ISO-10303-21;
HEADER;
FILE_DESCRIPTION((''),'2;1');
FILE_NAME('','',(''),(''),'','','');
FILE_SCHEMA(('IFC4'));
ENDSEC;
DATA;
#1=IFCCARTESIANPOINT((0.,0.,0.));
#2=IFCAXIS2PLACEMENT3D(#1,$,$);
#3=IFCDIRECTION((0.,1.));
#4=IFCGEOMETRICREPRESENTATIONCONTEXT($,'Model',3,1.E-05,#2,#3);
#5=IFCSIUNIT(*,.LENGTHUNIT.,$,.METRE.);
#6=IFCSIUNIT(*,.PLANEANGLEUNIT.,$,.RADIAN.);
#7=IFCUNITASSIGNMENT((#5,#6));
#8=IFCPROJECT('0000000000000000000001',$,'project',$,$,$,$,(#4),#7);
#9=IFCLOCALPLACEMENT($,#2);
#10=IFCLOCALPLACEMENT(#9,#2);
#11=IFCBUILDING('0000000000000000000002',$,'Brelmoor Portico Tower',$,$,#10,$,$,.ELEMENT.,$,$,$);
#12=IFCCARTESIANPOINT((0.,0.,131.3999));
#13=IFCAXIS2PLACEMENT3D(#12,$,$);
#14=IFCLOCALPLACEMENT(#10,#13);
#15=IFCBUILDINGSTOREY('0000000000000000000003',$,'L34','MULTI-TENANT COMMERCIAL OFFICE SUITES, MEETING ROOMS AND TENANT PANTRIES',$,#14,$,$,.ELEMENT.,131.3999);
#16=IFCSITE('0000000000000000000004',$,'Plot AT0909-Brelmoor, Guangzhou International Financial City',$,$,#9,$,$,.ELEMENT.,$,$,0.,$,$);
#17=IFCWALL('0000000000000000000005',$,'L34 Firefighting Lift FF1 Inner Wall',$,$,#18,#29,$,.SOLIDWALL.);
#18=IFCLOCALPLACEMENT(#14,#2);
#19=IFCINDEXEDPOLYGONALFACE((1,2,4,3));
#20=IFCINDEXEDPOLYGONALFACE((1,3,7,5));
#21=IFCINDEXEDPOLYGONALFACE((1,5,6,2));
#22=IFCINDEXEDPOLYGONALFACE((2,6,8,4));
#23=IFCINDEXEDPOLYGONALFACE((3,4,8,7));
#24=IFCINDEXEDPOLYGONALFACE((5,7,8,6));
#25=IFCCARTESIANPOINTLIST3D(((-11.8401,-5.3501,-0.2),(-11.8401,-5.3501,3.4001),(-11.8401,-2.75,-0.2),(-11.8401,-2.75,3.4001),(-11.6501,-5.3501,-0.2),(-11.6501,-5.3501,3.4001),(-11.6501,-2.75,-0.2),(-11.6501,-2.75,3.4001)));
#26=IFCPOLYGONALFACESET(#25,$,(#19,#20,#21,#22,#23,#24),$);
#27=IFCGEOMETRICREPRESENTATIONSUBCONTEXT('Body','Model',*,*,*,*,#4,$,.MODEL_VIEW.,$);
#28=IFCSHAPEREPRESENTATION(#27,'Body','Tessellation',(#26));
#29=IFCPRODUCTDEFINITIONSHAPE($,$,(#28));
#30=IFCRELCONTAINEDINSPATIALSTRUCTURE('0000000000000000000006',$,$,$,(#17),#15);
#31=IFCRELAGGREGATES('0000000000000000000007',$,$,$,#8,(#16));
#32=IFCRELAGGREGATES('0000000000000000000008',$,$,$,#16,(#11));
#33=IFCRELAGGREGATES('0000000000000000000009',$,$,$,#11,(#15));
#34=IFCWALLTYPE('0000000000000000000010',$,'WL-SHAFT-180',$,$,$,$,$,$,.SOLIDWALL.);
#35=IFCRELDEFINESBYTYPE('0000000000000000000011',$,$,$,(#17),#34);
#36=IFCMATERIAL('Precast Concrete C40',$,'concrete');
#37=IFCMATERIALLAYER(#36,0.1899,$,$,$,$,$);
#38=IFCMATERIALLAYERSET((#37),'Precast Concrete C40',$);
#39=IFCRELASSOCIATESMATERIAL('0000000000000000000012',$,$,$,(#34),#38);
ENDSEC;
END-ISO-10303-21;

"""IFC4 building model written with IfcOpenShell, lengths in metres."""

from ifc_helpers import new_model, si_unit, direction, frame, frame_2d, origin, place, context, subcontext, project, spatial, rectangle, extrude, material, layer, layer_set, type_object, element, save


model = new_model("IFC4")

# Units and contexts
model_context = context("Model", 3, precision=1e-05, world=origin(), true_north=direction((0.0, 1.0)))
body_context = subcontext(model_context, "Body", "Model", "MODEL_VIEW")
ifc_project = project(units=[si_unit("LENGTHUNIT", "METRE"), si_unit("PLANEANGLEUNIT", "RADIAN")], contexts=[model_context])

# Site, building, storey
site_placement = place(None, origin())
site = spatial("IfcSite", under=ifc_project, at=site_placement, Name="Plot AT0909-Brelmoor, Guangzhou International Financial City", CompositionType="ELEMENT", RefElevation=0.0)
building_placement = place(site_placement, origin())
building = spatial("IfcBuilding", under=site, at=building_placement, Name="Brelmoor Portico Tower", CompositionType="ELEMENT")
storey_placement = place(building_placement, frame((0.0, 0.0, 131.3999)))
storey = spatial("IfcBuildingStorey", under=building, at=storey_placement, Name="L34", Description="MULTI-TENANT COMMERCIAL OFFICE SUITES, MEETING ROOMS AND TENANT PANTRIES", CompositionType="ELEMENT", Elevation=131.3999)

# Shared definitions
ifc_material_1 = material(Name="Precast Concrete C40", Category="concrete")
ifc_layer_1 = layer(ifc_material_1, 0.1899)
ifc_layer_set_1 = layer_set([ifc_layer_1], Name="Precast Concrete C40")
wall_type_1 = type_object("IfcWallType", Name="WL-SHAFT-180", PredefinedType="SOLIDWALL", material=ifc_layer_set_1)

# Wall
wall_1_placement = place(storey_placement, frame((-11.7451, -5.3501, -0.2), z_axis=(0.0, 0.0, 1.0), x_axis=(0.0, 1.0, 0.0)))
element("IfcWall", 1, at=wall_1_placement, inside=storey, type_object=wall_type_1, Name="L34 Firefighting Lift FF1 Inner Wall", PredefinedType="SOLIDWALL", context=body_context, shape_type="SweptSolid", body=[
    extrude(rectangle(XDim=2.6001, YDim=0.1899, at=frame_2d((1.3, 0.0))), origin(), (0.0, 0.0, 1.0), 3.6001),
])

save(model, "model.ifc")
